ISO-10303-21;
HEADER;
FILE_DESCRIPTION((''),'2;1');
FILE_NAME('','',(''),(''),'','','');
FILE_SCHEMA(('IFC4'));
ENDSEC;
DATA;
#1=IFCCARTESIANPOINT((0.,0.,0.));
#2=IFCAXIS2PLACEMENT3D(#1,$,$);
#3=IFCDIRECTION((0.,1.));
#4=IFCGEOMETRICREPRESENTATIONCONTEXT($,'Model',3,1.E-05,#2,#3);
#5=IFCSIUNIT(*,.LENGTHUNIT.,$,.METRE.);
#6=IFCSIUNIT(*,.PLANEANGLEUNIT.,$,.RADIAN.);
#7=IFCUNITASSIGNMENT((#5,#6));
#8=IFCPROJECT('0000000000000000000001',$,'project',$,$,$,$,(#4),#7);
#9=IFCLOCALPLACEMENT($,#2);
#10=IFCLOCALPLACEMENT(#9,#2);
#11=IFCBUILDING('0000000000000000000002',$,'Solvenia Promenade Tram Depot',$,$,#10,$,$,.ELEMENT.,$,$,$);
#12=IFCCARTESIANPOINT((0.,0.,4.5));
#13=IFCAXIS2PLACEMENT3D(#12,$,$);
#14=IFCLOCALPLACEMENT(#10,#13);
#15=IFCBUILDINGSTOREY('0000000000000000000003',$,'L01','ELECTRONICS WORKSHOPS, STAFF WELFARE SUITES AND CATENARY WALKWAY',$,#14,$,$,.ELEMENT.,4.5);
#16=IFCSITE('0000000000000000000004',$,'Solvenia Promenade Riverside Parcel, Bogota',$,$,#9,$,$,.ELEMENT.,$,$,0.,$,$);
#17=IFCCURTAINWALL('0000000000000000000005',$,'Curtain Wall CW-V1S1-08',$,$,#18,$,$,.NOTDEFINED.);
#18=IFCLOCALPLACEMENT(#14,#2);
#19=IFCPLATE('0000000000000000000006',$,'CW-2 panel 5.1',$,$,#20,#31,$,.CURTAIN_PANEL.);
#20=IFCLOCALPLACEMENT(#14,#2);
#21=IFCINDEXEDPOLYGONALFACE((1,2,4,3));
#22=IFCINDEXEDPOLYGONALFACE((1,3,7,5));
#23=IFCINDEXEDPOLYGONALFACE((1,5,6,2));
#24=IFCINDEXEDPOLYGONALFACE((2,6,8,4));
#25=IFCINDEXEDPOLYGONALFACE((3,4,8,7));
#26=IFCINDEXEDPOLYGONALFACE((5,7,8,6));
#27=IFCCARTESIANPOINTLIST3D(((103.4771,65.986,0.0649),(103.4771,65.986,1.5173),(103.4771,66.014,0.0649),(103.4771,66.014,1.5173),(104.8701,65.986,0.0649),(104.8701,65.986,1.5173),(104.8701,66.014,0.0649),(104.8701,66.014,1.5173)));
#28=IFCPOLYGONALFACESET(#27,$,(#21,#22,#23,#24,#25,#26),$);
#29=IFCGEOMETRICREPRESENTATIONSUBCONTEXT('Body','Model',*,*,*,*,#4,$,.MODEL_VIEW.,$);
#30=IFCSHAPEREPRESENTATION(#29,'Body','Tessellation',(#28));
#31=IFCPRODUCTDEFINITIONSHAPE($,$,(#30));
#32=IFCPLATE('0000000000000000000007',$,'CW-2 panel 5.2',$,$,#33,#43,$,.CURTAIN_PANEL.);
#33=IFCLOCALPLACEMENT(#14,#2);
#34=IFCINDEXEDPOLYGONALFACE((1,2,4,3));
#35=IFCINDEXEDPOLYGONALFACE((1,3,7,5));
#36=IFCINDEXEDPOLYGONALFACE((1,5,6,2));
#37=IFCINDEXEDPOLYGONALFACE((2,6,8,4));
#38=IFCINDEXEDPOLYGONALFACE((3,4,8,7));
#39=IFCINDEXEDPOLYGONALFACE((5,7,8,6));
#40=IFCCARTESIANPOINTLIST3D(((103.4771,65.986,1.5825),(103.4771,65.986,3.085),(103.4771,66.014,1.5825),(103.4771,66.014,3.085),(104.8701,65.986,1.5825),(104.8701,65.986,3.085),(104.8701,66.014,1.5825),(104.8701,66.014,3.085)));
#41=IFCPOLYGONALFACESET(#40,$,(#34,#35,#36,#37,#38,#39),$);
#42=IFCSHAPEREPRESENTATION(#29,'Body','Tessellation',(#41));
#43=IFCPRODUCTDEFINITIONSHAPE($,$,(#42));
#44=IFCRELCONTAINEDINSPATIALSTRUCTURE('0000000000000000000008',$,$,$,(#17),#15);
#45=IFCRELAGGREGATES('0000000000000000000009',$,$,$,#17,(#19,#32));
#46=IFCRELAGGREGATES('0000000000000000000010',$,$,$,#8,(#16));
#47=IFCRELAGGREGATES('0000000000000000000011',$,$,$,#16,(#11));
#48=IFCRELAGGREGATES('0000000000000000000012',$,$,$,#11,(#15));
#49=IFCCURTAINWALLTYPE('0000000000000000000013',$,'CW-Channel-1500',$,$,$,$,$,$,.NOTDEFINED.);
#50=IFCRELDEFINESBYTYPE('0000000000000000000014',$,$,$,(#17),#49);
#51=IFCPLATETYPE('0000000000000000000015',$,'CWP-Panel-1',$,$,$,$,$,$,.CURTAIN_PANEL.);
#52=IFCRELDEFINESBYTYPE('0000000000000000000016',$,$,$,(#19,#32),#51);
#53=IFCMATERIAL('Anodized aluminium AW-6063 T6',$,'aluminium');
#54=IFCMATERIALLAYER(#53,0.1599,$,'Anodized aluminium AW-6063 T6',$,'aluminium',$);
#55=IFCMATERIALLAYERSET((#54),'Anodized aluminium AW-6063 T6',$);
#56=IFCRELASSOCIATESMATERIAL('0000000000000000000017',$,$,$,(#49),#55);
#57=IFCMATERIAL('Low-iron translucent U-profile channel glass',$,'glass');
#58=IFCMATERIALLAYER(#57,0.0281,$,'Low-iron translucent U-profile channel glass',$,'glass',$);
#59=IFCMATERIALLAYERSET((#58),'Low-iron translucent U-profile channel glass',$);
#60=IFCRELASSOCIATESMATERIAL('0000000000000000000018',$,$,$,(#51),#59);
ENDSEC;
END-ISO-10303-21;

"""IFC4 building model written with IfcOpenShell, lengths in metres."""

from ifc_helpers import new_model, si_unit, direction, frame, origin, origin_2d, place, context, subcontext, project, spatial, rectangle, extrude, material, layer, layer_set, type_object, element, aggregate, save


model = new_model("IFC4")

# Units and contexts
model_context = context("Model", 3, precision=1e-05, world=origin(), true_north=direction((0.0, 1.0)))
body_context = subcontext(model_context, "Body", "Model", "MODEL_VIEW")
ifc_project = project(units=[si_unit("LENGTHUNIT", "METRE"), si_unit("PLANEANGLEUNIT", "RADIAN")], contexts=[model_context])

# Site, building, storey
site_placement = place(None, origin())
site = spatial("IfcSite", under=ifc_project, at=site_placement, Name="Solvenia Promenade Riverside Parcel, Bogota", CompositionType="ELEMENT", RefElevation=0.0)
building_placement = place(site_placement, origin())
building = spatial("IfcBuilding", under=site, at=building_placement, Name="Solvenia Promenade Tram Depot", CompositionType="ELEMENT")
storey_placement = place(building_placement, frame((0.0, 0.0, 4.5)))
storey = spatial("IfcBuildingStorey", under=building, at=storey_placement, Name="L01", Description="ELECTRONICS WORKSHOPS, STAFF WELFARE SUITES AND CATENARY WALKWAY", CompositionType="ELEMENT", Elevation=4.5)

# Curtain wall, plates
ifc_material_1 = material(Name="Anodized aluminium AW-6063 T6", Category="aluminium")
ifc_layer_1 = layer(ifc_material_1, 0.1599, Name="Anodized aluminium AW-6063 T6", Category="aluminium")
ifc_layer_set_1 = layer_set([ifc_layer_1], Name="Anodized aluminium AW-6063 T6")
curtain_wall_type = type_object("IfcCurtainWallType", Name="CW-Channel-1500", PredefinedType="NOTDEFINED", material=ifc_layer_set_1)
curtain_wall_placement = place(storey_placement, origin())
curtain_wall = element("IfcCurtainWall", 1, at=curtain_wall_placement, inside=storey, type_object=curtain_wall_type, Name="Curtain Wall CW-V1S1-08", PredefinedType="NOTDEFINED")
ifc_material_2 = material(Name="Low-iron translucent U-profile channel glass", Category="glass")
ifc_layer_2 = layer(ifc_material_2, 0.0281, Name="Low-iron translucent U-profile channel glass", Category="glass")
ifc_layer_set_2 = layer_set([ifc_layer_2], Name="Low-iron translucent U-profile channel glass")
plate_type = type_object("IfcPlateType", Name="CWP-Panel-1", PredefinedType="CURTAIN_PANEL", material=ifc_layer_set_2)
plate_1_placement = place(storey_placement, frame((104.1736, 66.0, 0.0649), z_axis=(0.0, 0.0, 1.0), x_axis=(1.0, 0.0, 0.0)))
plate_1 = element("IfcPlate", 2, at=plate_1_placement, type_object=plate_type, Name="CW-2 panel 5.1", PredefinedType="CURTAIN_PANEL", context=body_context, shape_type="SweptSolid", body=[
    extrude(rectangle(XDim=1.3931, YDim=0.0281, at=origin_2d()), origin(), (0.0, 0.0, 1.0), 1.4524),
])
plate_2_placement = place(storey_placement, frame((104.1736, 66.0, 1.5825), z_axis=(0.0, 0.0, 1.0), x_axis=(1.0, 0.0, 0.0)))
plate_2 = element("IfcPlate", 3, at=plate_2_placement, type_object=plate_type, Name="CW-2 panel 5.2", PredefinedType="CURTAIN_PANEL", context=body_context, shape_type="SweptSolid", body=[
    extrude(rectangle(XDim=1.3931, YDim=0.0281, at=origin_2d()), origin(), (0.0, 0.0, 1.0), 1.5024),
])
aggregate(curtain_wall, [plate_1, plate_2])

save(model, "model.ifc")
